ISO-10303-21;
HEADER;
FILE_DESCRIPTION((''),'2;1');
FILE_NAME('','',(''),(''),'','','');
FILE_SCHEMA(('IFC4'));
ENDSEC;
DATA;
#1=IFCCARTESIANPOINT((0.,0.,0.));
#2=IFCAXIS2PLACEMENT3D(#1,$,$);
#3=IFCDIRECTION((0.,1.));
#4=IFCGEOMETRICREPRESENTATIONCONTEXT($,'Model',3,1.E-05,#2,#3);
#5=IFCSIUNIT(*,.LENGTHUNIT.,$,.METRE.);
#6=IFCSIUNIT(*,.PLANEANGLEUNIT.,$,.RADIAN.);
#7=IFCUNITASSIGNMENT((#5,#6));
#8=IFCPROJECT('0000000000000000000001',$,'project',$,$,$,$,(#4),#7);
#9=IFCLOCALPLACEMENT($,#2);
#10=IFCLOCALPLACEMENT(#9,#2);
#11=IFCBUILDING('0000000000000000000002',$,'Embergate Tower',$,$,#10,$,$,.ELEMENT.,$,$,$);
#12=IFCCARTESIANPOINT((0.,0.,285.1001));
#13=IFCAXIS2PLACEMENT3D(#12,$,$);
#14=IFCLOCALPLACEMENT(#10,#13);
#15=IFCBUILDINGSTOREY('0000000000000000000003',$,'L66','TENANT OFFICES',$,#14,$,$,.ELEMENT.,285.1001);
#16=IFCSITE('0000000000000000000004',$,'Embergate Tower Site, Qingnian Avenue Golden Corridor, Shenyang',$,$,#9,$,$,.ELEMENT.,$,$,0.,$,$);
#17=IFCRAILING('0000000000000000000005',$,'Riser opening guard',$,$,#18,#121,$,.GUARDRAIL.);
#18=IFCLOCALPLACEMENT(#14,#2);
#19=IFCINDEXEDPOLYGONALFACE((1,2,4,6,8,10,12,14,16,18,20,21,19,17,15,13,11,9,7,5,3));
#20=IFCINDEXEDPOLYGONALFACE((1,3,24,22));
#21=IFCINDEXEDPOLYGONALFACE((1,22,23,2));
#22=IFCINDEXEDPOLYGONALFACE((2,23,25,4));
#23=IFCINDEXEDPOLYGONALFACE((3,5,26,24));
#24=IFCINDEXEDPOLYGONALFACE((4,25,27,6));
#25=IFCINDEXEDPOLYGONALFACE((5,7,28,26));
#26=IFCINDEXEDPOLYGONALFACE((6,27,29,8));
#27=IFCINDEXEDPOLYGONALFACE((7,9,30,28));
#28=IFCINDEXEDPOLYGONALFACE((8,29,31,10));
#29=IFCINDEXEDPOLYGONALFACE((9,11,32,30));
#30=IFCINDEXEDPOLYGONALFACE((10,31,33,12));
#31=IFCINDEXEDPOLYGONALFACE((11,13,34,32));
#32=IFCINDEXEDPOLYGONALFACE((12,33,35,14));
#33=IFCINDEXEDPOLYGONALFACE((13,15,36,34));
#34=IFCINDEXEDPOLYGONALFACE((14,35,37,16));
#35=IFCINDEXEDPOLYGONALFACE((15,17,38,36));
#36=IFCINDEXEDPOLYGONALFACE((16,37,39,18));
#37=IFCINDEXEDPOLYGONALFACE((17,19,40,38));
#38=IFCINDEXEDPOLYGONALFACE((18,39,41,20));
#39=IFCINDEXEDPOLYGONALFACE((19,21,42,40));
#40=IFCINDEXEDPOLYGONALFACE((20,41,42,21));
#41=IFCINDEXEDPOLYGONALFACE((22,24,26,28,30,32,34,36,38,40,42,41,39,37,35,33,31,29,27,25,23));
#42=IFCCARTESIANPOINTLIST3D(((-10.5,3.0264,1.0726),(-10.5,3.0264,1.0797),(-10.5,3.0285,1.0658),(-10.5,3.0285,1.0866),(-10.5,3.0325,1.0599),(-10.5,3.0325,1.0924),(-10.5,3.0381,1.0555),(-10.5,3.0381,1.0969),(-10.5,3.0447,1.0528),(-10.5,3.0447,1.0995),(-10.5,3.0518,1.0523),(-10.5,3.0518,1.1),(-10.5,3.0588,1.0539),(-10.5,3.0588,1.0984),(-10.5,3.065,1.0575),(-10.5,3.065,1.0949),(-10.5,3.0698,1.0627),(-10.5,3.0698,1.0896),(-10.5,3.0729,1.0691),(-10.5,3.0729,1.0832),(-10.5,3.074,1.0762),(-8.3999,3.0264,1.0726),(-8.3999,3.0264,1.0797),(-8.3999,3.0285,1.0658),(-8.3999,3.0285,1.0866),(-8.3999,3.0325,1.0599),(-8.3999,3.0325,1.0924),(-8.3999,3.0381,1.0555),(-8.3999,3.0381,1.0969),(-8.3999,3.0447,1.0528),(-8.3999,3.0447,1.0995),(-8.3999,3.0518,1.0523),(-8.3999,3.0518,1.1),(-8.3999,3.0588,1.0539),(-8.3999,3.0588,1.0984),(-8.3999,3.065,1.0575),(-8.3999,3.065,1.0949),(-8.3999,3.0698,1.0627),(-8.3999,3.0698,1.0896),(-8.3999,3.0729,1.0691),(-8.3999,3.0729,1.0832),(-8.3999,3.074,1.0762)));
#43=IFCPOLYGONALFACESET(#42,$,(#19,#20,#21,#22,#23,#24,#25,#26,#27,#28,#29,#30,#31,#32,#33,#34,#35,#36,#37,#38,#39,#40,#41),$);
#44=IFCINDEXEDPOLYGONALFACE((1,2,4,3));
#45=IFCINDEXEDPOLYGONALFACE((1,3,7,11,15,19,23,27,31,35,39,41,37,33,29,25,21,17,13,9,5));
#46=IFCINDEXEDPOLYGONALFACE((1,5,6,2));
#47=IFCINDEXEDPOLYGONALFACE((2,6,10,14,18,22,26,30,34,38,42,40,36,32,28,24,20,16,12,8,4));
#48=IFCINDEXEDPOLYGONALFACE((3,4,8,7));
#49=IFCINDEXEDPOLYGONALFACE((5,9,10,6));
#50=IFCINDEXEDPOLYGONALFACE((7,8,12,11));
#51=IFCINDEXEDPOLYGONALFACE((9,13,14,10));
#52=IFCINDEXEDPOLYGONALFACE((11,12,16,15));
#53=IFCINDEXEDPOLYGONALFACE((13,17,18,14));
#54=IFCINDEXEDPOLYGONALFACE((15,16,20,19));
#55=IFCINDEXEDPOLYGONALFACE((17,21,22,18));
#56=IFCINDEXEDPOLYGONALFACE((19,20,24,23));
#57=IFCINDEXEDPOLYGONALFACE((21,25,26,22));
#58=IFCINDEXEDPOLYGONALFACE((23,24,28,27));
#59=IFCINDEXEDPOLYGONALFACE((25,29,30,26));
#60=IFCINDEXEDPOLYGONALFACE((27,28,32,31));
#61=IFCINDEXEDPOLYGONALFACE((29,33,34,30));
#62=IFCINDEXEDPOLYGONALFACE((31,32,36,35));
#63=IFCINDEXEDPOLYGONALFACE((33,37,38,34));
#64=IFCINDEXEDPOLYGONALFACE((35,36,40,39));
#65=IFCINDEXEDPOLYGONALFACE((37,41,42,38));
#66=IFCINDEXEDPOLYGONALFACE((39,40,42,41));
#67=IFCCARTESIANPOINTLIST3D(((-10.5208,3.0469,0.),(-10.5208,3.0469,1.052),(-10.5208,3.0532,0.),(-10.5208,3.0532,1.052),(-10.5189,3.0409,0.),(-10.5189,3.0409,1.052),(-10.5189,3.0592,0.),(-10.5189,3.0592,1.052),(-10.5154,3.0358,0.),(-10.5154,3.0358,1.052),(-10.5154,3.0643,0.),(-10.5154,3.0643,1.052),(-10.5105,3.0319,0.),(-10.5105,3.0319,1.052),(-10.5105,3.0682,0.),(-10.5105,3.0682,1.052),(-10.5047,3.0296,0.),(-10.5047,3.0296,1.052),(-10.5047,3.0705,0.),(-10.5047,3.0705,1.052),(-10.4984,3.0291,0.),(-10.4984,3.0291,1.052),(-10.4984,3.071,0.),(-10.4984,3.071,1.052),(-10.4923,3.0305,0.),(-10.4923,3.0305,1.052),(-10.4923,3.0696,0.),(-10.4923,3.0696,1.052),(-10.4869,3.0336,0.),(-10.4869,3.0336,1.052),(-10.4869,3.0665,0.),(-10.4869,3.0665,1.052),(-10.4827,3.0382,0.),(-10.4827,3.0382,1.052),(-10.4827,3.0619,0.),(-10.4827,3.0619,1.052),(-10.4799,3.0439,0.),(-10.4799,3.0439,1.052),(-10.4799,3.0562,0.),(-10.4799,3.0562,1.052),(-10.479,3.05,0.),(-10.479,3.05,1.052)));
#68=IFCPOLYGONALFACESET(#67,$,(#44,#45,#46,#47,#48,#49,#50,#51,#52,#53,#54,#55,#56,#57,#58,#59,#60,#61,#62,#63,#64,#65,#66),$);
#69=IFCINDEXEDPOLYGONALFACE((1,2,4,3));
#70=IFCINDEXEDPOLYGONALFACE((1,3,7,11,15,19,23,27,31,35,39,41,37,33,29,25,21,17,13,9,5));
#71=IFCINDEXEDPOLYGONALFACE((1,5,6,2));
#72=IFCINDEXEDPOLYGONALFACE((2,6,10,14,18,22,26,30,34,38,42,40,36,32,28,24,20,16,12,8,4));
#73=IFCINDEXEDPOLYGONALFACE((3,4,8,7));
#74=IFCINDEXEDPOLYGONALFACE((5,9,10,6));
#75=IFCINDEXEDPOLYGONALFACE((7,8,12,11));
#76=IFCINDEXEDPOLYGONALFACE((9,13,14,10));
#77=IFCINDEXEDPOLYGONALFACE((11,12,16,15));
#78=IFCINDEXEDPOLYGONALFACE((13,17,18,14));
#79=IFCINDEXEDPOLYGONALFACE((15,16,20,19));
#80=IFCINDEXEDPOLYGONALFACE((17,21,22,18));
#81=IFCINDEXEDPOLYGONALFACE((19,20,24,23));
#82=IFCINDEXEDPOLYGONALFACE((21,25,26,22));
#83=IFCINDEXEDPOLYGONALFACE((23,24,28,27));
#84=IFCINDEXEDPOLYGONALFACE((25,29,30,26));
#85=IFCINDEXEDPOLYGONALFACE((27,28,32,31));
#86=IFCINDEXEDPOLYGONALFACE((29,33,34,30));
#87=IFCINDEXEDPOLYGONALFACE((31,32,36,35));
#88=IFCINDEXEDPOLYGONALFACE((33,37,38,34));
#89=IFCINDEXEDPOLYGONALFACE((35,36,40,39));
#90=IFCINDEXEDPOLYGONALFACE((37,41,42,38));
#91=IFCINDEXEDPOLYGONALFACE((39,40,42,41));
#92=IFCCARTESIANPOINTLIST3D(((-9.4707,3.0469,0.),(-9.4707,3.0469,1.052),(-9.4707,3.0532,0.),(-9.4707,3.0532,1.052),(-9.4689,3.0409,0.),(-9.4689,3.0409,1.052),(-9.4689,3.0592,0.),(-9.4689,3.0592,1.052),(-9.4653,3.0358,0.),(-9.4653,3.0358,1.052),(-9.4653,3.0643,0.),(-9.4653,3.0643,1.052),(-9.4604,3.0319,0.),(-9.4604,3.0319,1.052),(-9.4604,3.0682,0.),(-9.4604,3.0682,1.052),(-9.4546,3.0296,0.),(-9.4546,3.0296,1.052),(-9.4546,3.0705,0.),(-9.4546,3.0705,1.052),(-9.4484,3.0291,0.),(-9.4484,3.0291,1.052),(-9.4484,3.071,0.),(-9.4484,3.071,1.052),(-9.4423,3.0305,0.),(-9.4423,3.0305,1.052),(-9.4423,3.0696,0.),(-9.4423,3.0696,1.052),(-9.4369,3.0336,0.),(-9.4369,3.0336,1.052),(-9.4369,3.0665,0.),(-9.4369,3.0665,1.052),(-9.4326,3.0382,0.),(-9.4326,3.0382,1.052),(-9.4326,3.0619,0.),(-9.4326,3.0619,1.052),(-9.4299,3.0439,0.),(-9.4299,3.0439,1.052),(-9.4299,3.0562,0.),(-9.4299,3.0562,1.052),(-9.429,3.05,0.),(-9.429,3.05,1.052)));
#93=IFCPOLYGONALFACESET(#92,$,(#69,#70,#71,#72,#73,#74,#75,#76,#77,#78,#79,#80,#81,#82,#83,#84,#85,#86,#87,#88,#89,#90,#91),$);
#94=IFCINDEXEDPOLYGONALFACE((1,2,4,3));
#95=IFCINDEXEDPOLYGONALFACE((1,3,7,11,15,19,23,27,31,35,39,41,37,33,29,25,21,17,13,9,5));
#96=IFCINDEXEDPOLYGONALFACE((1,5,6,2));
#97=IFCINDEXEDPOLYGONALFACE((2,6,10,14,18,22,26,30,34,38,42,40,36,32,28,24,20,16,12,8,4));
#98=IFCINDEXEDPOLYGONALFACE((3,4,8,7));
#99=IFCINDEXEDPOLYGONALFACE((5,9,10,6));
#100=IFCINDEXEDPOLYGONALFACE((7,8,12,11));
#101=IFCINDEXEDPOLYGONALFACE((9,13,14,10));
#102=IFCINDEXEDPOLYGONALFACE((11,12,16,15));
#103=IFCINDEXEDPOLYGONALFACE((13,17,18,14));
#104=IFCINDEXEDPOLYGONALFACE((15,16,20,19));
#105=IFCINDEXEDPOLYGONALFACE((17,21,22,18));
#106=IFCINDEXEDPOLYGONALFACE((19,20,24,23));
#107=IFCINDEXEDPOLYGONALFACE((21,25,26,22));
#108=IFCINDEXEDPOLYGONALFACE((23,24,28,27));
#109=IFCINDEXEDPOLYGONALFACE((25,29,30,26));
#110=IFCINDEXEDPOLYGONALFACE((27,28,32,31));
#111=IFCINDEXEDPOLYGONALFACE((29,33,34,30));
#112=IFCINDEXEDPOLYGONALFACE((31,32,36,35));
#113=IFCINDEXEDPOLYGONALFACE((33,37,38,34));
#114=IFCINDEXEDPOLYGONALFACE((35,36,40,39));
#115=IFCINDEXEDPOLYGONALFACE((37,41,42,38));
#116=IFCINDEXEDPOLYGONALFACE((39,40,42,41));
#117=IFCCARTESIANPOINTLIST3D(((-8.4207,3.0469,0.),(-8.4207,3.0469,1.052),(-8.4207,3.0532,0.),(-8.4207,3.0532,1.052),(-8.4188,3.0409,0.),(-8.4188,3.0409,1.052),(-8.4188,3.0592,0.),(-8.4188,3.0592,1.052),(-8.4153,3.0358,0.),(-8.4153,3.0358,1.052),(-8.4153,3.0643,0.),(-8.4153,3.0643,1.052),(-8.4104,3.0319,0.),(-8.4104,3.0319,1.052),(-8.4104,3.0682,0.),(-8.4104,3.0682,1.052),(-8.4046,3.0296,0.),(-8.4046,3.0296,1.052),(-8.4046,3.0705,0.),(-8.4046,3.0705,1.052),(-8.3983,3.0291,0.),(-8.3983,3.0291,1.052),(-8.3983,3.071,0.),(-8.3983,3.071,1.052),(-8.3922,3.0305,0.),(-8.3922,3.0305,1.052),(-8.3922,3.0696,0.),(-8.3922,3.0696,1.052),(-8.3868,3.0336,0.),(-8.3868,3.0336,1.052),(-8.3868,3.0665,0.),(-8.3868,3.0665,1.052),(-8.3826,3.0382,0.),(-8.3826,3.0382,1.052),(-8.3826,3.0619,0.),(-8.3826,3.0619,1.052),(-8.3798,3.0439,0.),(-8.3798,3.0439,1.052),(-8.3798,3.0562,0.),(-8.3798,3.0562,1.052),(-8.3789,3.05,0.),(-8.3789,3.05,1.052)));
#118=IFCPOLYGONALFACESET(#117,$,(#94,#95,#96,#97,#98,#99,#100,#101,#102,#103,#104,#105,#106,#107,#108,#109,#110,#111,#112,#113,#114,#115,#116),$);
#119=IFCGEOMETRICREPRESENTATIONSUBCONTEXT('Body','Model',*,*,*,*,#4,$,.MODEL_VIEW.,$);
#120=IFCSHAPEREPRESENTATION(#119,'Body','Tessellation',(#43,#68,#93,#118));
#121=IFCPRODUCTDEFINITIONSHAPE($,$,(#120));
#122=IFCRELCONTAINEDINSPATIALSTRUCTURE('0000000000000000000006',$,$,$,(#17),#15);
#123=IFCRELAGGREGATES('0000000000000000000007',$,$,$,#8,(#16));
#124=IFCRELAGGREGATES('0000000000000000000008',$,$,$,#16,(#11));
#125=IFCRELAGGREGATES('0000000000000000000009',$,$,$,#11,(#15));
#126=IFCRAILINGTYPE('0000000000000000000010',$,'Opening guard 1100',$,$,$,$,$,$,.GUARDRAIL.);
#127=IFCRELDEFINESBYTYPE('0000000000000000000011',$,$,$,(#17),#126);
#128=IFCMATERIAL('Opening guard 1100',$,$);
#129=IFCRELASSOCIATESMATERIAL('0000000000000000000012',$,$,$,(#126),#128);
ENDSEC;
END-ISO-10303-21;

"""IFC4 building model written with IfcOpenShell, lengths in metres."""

from ifc_helpers import new_model, si_unit, direction, frame, origin, origin_2d, place, context, subcontext, project, spatial, circle, extrude, source, transform, mapped, material, type_object, element, save


model = new_model("IFC4")

# Units and contexts
model_context = context("Model", 3, precision=1e-05, world=origin(), true_north=direction((0.0, 1.0)))
body_context = subcontext(model_context, "Body", "Model", "MODEL_VIEW")
ifc_project = project(units=[si_unit("LENGTHUNIT", "METRE"), si_unit("PLANEANGLEUNIT", "RADIAN")], contexts=[model_context])

# Site, building, storey
site_placement = place(None, origin())
site = spatial("IfcSite", under=ifc_project, at=site_placement, Name="Embergate Tower Site, Qingnian Avenue Golden Corridor, Shenyang", CompositionType="ELEMENT", RefElevation=0.0)
building_placement = place(site_placement, origin())
building = spatial("IfcBuilding", under=site, at=building_placement, Name="Embergate Tower", CompositionType="ELEMENT")
storey_placement = place(building_placement, frame((0.0, 0.0, 285.1001)))
storey = spatial("IfcBuildingStorey", under=building, at=storey_placement, Name="L66", Description="TENANT OFFICES", CompositionType="ELEMENT", Elevation=285.1001)

# Railing
ifc_material_1 = material(Name="Opening guard 1100")
railing_type = type_object("IfcRailingType", Name="Opening guard 1100", PredefinedType="GUARDRAIL", material=ifc_material_1)
shared_shape_1 = source(origin(), body_context, "Body", "SweptSolid", [
    extrude(circle(Radius=0.0239, at=origin_2d()), frame((0.0, 0.0, 1.0762), z_axis=(1.0, 0.0, 0.0), x_axis=(0.0, 1.0, 0.0)), (0.0, 0.0, 1.0), 2.1001),
    extrude(circle(Radius=0.021, at=origin_2d()), origin(), (0.0, 0.0, 1.0), 1.052),
    extrude(circle(Radius=0.021, at=origin_2d()), frame((1.05, 0.0, 0.0)), (0.0, 0.0, 1.0), 1.052),
    extrude(circle(Radius=0.021, at=origin_2d()), frame((2.1001, 0.0, 0.0)), (0.0, 0.0, 1.0), 1.052),
])
railing_1_placement = place(storey_placement, frame((-10.5, 3.05, 0.0)))
element("IfcRailing", 1, at=railing_1_placement, inside=storey, type_object=railing_type, Name="Riser opening guard", PredefinedType="GUARDRAIL", context=body_context, shape_type="MappedRepresentation", body=[
    mapped(shared_shape_1, transform((0.0, 0.0, 0.0))),
])

save(model, "model.ifc")
